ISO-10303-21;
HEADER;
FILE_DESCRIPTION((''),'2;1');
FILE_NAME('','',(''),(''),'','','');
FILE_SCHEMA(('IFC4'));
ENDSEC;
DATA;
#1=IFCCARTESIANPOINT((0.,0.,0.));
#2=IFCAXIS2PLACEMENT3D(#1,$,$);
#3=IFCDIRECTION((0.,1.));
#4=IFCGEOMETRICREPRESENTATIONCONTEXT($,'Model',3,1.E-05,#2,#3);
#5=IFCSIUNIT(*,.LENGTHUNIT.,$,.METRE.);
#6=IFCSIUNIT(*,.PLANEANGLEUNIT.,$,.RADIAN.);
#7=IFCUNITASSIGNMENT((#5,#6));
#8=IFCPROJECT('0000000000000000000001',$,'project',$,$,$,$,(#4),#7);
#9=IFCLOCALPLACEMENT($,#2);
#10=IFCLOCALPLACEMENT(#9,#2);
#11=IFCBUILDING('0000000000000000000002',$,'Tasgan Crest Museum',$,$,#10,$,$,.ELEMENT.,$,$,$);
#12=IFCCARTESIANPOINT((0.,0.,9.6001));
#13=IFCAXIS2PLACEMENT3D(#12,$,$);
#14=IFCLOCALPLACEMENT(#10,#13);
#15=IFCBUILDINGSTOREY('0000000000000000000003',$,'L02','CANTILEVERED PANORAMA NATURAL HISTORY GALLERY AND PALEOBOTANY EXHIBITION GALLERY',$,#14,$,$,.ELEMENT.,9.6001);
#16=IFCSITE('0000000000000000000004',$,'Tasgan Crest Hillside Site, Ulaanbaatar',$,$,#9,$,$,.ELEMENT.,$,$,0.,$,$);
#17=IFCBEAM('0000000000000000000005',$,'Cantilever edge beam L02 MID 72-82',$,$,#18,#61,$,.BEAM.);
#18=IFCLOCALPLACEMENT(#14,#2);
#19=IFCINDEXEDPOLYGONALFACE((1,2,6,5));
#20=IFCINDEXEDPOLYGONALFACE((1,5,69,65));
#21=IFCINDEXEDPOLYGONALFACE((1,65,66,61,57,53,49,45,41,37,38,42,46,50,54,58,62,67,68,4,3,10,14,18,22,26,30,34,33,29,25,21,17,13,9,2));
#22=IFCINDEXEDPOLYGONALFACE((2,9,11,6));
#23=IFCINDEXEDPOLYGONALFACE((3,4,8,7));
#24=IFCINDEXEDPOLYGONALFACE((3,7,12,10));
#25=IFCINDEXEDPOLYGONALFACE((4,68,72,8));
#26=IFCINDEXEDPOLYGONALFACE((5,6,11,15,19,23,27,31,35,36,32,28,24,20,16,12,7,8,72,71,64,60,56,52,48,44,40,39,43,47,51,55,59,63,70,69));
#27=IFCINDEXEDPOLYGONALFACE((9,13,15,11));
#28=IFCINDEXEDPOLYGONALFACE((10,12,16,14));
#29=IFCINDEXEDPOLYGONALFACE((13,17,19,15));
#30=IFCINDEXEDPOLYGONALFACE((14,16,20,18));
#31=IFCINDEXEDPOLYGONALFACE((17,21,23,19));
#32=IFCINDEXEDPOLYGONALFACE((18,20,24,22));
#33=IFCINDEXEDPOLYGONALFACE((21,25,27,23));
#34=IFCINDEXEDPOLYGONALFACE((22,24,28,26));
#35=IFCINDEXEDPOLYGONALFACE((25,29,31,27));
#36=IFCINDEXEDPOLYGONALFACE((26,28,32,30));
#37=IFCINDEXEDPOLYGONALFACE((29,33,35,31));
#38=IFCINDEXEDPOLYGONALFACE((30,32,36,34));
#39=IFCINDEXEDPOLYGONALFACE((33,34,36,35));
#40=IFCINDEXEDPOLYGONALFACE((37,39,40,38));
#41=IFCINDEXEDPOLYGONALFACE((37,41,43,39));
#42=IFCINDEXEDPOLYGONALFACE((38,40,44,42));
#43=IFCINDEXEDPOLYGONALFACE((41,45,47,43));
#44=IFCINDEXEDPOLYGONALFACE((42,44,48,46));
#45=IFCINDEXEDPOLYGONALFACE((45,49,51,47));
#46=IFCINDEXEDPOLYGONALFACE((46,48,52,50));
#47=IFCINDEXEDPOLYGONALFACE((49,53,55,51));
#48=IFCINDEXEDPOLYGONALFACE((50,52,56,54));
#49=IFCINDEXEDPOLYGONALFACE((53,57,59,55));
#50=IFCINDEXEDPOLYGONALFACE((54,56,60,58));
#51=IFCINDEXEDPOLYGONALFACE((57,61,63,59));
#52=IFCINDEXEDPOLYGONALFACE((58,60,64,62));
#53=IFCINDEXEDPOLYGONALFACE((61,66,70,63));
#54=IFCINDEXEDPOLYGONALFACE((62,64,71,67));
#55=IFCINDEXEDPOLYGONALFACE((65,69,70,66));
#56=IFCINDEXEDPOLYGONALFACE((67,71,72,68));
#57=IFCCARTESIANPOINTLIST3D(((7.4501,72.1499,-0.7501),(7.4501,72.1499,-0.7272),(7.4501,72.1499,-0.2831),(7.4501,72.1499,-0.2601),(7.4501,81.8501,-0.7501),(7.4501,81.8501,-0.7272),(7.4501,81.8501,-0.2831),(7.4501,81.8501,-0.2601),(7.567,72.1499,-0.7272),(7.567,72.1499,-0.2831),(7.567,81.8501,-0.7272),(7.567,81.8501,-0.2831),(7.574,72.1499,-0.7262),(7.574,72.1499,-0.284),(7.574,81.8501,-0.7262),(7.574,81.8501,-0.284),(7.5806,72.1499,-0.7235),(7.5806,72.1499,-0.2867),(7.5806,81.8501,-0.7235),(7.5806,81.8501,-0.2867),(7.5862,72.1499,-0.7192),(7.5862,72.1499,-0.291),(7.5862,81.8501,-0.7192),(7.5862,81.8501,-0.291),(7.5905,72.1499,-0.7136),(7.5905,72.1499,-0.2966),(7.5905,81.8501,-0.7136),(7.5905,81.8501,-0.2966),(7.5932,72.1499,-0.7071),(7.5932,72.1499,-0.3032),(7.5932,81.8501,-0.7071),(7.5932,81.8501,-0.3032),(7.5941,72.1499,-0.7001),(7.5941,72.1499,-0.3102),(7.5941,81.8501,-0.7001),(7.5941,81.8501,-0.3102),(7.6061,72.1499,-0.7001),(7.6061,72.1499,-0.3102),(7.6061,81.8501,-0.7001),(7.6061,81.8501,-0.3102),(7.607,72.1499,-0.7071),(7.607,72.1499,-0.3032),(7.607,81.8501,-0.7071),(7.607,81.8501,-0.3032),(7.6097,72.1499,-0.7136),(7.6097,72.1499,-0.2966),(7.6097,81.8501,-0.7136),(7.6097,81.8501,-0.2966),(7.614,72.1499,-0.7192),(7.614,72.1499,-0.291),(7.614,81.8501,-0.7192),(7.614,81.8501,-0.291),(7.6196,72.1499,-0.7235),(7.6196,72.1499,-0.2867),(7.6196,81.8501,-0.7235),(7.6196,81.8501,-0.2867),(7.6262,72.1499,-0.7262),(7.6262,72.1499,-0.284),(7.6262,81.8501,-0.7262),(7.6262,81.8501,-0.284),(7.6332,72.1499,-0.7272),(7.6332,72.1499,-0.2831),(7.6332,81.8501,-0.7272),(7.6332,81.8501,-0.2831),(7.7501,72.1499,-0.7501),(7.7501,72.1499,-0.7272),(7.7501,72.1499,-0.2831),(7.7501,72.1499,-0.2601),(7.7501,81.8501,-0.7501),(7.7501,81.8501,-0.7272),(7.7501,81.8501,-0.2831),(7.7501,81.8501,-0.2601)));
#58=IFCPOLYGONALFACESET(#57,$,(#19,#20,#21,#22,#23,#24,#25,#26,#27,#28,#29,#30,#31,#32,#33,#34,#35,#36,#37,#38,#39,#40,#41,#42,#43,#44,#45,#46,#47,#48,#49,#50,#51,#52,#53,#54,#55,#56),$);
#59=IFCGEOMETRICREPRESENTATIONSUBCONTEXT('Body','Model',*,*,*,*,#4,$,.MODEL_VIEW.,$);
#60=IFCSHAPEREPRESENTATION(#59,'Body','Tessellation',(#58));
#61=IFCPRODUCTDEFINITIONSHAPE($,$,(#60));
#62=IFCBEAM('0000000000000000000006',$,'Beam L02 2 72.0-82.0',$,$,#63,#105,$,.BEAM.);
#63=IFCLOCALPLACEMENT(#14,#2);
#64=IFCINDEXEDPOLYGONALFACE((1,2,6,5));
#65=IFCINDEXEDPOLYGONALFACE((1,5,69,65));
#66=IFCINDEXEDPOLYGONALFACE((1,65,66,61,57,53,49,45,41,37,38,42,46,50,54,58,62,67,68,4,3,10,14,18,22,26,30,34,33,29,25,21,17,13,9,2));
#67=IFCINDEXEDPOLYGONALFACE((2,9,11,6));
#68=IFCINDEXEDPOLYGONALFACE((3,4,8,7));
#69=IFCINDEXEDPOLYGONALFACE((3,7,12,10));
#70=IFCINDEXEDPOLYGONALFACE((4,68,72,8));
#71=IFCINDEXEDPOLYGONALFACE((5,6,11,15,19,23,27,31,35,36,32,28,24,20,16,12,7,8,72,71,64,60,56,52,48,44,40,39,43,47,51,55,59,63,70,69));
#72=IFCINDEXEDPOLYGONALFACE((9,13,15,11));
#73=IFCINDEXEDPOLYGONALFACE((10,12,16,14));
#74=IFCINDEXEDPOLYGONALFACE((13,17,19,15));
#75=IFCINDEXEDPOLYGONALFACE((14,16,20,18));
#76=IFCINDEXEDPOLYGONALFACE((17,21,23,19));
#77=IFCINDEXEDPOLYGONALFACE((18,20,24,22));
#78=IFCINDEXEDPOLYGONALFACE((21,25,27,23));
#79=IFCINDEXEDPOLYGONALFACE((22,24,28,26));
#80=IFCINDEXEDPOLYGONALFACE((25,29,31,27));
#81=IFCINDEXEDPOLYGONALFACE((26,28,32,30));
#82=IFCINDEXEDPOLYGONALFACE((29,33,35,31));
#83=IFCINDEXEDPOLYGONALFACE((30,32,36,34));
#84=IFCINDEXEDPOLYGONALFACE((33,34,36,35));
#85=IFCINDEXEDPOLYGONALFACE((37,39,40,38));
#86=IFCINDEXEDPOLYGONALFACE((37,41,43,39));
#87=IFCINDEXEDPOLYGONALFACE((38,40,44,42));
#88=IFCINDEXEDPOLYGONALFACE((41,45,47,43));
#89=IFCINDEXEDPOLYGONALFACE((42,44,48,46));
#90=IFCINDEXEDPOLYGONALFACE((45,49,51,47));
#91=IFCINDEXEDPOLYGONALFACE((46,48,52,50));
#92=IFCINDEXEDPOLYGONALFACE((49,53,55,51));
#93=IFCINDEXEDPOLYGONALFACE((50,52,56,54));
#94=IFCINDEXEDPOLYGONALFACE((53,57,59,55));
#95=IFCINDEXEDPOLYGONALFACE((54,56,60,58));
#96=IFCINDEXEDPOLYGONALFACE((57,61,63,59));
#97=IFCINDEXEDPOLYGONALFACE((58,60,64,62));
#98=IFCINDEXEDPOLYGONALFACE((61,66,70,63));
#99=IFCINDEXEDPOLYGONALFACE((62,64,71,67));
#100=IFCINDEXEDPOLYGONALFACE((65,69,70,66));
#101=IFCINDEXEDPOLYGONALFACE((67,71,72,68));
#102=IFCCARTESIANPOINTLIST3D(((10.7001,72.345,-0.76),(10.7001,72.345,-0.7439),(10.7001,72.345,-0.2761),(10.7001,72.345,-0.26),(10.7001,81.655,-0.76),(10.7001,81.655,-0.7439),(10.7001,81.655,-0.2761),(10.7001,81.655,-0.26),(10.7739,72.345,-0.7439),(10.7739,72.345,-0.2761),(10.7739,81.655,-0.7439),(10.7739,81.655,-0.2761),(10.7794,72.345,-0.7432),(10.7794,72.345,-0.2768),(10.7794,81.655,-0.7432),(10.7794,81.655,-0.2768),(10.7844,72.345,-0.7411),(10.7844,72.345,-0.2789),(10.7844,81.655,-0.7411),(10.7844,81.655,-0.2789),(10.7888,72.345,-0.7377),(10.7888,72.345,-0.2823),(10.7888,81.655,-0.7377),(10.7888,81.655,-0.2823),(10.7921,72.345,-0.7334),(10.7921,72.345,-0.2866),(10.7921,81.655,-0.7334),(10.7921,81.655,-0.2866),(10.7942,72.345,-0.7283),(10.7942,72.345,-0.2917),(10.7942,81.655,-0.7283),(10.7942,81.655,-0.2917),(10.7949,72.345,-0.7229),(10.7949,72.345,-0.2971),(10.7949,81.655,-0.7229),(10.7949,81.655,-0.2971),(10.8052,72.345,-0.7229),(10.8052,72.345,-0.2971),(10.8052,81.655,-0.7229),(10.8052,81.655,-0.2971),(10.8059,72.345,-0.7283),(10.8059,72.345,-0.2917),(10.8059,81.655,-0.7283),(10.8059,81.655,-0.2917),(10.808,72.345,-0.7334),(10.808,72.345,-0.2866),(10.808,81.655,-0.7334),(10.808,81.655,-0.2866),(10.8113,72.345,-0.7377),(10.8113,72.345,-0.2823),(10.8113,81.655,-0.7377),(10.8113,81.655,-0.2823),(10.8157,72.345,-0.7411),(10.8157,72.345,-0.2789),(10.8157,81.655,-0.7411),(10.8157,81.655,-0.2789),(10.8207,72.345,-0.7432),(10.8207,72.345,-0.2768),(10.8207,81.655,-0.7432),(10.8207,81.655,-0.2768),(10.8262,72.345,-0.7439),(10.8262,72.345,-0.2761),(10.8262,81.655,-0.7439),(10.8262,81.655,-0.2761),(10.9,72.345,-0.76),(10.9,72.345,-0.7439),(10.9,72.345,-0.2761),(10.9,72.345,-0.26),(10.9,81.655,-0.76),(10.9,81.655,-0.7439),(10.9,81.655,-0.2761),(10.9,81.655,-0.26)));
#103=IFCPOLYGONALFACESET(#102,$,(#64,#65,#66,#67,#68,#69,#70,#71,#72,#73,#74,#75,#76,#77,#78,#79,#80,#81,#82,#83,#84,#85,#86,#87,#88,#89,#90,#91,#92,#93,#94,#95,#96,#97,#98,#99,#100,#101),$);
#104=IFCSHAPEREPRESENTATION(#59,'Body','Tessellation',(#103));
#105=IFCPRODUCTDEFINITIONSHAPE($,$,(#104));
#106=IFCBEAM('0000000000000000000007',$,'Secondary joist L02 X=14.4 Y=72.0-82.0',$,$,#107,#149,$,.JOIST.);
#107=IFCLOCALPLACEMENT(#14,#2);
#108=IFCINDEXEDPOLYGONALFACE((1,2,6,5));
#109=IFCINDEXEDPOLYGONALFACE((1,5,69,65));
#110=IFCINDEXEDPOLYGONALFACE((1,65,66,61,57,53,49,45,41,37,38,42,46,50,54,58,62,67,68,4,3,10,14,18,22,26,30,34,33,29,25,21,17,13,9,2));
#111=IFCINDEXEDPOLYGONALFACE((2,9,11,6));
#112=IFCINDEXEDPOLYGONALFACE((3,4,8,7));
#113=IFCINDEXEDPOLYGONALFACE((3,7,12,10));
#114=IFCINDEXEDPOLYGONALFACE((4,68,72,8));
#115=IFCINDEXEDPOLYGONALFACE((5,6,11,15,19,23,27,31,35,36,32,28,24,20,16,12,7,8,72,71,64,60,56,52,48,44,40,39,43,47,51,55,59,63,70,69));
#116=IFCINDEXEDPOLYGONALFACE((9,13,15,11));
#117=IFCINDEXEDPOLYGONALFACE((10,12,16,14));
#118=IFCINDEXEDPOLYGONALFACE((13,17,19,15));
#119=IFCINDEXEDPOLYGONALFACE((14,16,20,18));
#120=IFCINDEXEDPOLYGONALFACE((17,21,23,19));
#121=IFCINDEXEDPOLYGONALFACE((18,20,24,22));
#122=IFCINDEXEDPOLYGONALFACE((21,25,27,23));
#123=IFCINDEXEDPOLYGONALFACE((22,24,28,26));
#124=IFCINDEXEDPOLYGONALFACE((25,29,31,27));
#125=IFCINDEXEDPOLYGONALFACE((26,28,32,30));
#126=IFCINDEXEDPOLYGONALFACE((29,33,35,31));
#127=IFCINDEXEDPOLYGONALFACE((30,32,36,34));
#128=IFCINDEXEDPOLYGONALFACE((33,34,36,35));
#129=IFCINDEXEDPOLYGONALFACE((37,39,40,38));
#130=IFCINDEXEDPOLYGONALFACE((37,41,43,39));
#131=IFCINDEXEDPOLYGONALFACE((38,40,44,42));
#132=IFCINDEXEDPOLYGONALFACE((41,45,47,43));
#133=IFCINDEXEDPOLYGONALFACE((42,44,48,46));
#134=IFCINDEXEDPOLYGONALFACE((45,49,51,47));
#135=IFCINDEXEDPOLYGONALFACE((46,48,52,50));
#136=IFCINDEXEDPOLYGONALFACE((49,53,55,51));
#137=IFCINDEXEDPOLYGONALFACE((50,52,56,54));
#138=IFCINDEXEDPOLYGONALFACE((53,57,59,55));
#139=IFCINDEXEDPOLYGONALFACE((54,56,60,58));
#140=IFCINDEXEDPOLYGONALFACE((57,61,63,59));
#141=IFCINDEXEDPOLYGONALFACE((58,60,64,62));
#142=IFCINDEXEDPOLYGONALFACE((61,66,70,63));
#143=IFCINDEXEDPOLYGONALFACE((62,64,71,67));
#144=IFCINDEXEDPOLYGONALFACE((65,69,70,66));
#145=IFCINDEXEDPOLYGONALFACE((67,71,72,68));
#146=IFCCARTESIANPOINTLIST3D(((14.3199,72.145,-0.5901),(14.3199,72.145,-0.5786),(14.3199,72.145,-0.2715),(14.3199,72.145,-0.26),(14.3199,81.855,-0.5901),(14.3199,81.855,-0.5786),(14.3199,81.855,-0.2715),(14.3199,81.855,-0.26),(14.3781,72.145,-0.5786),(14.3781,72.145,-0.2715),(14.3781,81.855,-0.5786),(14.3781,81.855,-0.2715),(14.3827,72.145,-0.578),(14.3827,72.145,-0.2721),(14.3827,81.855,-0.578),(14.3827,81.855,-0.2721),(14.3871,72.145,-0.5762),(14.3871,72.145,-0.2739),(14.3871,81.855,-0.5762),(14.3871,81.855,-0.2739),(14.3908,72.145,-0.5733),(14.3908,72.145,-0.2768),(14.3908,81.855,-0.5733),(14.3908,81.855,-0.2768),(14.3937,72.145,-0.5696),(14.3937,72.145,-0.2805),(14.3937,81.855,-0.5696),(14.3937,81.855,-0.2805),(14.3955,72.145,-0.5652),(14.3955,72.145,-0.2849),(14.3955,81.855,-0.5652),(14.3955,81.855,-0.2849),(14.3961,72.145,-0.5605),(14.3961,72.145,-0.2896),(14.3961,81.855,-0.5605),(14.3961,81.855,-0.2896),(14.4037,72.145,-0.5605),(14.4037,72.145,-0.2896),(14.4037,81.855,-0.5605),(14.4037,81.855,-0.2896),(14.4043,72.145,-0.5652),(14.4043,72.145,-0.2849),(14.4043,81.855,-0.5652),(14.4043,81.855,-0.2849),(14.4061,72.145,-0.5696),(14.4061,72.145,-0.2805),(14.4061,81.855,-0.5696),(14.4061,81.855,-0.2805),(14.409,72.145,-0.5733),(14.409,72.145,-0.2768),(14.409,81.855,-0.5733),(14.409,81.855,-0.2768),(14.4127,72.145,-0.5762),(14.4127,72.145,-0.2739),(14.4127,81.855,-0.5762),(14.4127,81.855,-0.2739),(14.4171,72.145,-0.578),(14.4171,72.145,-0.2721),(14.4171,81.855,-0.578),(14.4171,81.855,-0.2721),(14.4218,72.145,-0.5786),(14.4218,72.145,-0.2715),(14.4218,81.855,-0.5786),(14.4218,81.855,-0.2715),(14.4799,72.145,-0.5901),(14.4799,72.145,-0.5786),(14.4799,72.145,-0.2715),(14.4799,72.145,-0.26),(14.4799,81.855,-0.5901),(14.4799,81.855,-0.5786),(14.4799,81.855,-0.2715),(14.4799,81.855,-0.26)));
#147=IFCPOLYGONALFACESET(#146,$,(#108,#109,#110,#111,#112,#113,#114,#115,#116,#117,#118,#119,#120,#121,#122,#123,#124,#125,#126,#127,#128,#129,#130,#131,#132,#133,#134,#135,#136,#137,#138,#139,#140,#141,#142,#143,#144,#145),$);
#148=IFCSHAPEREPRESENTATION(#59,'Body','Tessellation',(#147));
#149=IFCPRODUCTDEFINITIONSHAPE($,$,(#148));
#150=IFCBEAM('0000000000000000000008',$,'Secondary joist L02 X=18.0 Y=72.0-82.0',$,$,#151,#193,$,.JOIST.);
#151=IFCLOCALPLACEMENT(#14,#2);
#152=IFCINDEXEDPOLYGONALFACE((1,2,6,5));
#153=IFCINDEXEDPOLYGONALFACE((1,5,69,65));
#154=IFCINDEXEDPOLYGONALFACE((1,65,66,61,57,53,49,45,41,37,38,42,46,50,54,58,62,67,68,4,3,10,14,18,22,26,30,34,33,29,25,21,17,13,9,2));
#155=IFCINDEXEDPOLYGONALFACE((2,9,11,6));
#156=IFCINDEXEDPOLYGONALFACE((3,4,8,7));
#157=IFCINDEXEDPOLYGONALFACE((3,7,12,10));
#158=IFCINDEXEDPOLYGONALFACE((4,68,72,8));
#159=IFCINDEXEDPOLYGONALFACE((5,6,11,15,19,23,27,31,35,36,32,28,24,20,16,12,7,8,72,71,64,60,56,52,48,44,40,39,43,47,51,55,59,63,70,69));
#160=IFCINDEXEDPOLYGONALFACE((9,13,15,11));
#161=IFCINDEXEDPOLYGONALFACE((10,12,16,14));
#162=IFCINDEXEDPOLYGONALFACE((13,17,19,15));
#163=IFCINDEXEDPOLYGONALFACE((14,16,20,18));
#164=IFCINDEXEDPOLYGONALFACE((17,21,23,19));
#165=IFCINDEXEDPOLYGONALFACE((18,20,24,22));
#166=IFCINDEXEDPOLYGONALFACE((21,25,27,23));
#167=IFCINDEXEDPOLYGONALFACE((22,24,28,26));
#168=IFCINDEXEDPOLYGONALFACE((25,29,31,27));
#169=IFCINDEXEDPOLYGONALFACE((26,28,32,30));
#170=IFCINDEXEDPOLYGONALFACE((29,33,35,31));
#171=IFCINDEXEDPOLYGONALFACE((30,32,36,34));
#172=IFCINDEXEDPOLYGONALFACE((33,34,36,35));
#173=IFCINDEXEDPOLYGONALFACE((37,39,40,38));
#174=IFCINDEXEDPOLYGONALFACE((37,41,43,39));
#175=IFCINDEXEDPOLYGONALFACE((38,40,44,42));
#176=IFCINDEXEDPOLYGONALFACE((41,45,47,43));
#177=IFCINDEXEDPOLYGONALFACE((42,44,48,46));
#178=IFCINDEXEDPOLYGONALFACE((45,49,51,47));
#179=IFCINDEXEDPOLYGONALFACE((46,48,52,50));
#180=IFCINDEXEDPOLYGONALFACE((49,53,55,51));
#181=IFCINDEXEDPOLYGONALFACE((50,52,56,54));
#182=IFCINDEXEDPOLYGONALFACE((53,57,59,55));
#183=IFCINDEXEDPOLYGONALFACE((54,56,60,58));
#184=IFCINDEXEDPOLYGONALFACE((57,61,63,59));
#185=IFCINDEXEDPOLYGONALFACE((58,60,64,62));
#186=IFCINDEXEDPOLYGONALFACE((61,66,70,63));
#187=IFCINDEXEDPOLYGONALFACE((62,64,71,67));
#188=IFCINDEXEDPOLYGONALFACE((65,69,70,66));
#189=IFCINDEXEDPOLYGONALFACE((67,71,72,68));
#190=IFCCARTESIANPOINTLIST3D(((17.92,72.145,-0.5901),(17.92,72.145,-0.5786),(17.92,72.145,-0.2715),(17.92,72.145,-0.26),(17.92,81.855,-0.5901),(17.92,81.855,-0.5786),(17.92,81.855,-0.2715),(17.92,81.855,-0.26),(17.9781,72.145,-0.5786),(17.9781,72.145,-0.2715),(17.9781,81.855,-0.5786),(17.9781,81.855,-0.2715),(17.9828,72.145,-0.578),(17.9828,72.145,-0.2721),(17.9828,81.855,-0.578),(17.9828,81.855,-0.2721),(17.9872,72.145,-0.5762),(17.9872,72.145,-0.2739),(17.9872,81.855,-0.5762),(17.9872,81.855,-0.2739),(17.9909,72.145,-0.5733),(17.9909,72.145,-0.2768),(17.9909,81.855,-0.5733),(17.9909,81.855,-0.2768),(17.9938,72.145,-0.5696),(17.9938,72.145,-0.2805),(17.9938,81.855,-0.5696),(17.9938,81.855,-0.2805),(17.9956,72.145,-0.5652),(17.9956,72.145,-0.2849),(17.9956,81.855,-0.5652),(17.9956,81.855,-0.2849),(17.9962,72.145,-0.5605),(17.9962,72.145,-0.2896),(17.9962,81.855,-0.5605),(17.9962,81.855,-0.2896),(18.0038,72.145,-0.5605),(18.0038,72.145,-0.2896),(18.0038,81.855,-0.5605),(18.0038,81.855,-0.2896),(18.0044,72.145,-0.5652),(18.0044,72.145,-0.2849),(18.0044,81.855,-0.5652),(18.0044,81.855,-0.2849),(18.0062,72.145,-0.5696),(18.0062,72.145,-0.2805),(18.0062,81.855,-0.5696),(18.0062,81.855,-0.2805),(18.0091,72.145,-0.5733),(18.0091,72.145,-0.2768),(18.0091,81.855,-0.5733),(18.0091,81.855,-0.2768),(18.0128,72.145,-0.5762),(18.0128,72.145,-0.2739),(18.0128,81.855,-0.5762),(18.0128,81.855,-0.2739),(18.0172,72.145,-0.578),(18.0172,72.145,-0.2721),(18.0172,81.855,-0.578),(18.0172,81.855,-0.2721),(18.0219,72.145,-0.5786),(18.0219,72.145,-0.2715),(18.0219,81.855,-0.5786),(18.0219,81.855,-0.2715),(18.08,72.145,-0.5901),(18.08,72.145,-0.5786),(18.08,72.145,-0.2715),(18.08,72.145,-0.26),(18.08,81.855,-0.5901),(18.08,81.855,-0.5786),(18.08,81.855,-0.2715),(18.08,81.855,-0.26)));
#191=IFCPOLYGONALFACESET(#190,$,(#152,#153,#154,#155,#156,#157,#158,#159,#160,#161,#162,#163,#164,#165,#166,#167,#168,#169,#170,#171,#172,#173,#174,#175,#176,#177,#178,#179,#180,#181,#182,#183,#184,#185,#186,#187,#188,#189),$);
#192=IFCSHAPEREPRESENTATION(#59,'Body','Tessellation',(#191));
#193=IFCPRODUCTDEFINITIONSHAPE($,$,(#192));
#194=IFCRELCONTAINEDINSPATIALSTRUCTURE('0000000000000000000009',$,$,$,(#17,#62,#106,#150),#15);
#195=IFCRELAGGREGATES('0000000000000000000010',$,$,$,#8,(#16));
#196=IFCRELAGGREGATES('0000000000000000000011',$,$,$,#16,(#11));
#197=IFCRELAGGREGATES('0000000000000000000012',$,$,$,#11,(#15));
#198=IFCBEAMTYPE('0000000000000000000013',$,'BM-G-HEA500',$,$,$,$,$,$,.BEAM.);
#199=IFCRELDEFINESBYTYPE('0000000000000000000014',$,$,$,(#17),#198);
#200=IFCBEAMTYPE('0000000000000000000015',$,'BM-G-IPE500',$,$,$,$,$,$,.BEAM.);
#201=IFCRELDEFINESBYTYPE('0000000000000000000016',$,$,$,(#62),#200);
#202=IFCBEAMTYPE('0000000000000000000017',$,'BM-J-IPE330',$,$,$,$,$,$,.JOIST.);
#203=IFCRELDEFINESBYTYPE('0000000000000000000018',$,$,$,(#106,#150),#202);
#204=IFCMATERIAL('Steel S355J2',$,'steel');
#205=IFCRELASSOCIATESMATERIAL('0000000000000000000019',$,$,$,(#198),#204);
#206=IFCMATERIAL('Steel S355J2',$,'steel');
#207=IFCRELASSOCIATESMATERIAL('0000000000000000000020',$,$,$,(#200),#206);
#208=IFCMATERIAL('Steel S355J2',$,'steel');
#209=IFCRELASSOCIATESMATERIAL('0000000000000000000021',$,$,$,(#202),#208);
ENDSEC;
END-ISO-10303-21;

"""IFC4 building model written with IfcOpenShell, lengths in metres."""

from ifc_helpers import new_model, si_unit, direction, frame, origin, origin_2d, place, context, subcontext, project, spatial, i_section, extrude, material, material_profile, profile_set, type_object, element, save


model = new_model("IFC4")

# Units and contexts
model_context = context("Model", 3, precision=1e-05, world=origin(), true_north=direction((0.0, 1.0)))
body_context = subcontext(model_context, "Body", "Model", "MODEL_VIEW")
ifc_project = project(units=[si_unit("LENGTHUNIT", "METRE"), si_unit("PLANEANGLEUNIT", "RADIAN")], contexts=[model_context])

# Site, building, storey
site_placement = place(None, origin())
site = spatial("IfcSite", under=ifc_project, at=site_placement, Name="Tasgan Crest Hillside Site, Ulaanbaatar", CompositionType="ELEMENT", RefElevation=0.0)
building_placement = place(site_placement, origin())
building = spatial("IfcBuilding", under=site, at=building_placement, Name="Tasgan Crest Museum", CompositionType="ELEMENT")
storey_placement = place(building_placement, frame((0.0, 0.0, 9.6001)))
storey = spatial("IfcBuildingStorey", under=building, at=storey_placement, Name="L02", Description="CANTILEVERED PANORAMA NATURAL HISTORY GALLERY AND PALEOBOTANY EXHIBITION GALLERY", CompositionType="ELEMENT", Elevation=9.6001)

# Beams
ifc_material_1 = material(Name="Steel S355J2", Category="steel")
ifc_material_profile_1 = material_profile(ifc_material_1, i_section(OverallWidth=0.3, OverallDepth=0.49, WebThickness=0.012, FlangeThickness=0.0229, FilletRadius=0.0271, at=origin_2d()), Name="HEA 500")
ifc_profile_set_1 = profile_set([ifc_material_profile_1], Name="Steel S355J2")
beam_type_1 = type_object("IfcBeamType", Name="BM-G-HEA500", PredefinedType="BEAM", material=ifc_profile_set_1)
for number, where, z_axis, x_axis, name in (
    (1, (7.6001, 72.1499, -0.5051), (0.0, 1.0, 0.0), (-1.0, 0.0, 0.0), "Cantilever edge beam L02 MID 72-82"),
):
    element("IfcBeam", number, at=place(storey_placement, frame(where, z_axis=z_axis, x_axis=x_axis)), inside=storey, type_object=beam_type_1, Name=name, PredefinedType="BEAM", context=body_context, shape_type="SweptSolid", body=[
        extrude(i_section(OverallWidth=0.3, OverallDepth=0.49, WebThickness=0.012, FlangeThickness=0.0229, FilletRadius=0.0271, at=origin_2d()), origin(), (0.0, 0.0, 1.0), 9.7002),
    ])
ifc_material_2 = material(Name="Steel S355J2", Category="steel")
ifc_material_profile_2 = material_profile(ifc_material_2, i_section(OverallWidth=0.2, OverallDepth=0.5, WebThickness=0.0103, FlangeThickness=0.0161, FilletRadius=0.021, at=origin_2d()), Name="IPE 500")
ifc_profile_set_2 = profile_set([ifc_material_profile_2], Name="Steel S355J2")
beam_type_2 = type_object("IfcBeamType", Name="BM-G-IPE500", PredefinedType="BEAM", material=ifc_profile_set_2)
beam_1_placement = place(storey_placement, frame((10.8, 72.345, -0.51), z_axis=(0.0, 1.0, 0.0), x_axis=(-1.0, 0.0, 0.0)))
element("IfcBeam", 2, at=beam_1_placement, inside=storey, type_object=beam_type_2, Name="Beam L02 2 72.0-82.0", PredefinedType="BEAM", context=body_context, shape_type="SweptSolid", body=[
    extrude(i_section(OverallWidth=0.2, OverallDepth=0.5, WebThickness=0.0103, FlangeThickness=0.0161, FilletRadius=0.021, at=origin_2d()), origin(), (0.0, 0.0, 1.0), 9.3101),
])
ifc_material_3 = material(Name="Steel S355J2", Category="steel")
ifc_material_profile_3 = material_profile(ifc_material_3, i_section(OverallWidth=0.1599, OverallDepth=0.3301, WebThickness=0.0076, FlangeThickness=0.0115, FilletRadius=0.0181, at=origin_2d()), Name="IPE 330")
ifc_profile_set_3 = profile_set([ifc_material_profile_3], Name="Steel S355J2")
beam_type_3 = type_object("IfcBeamType", Name="BM-J-IPE330", PredefinedType="JOIST", material=ifc_profile_set_3)
for number, where, z_axis, x_axis, name in (
    (3, (14.3999, 72.145, -0.425), (0.0, 1.0, 0.0), (-1.0, 0.0, 0.0), "Secondary joist L02 X=14.4 Y=72.0-82.0"),
    (4, (18.0, 72.145, -0.425), (0.0, 1.0, 0.0), (-1.0, 0.0, 0.0), "Secondary joist L02 X=18.0 Y=72.0-82.0"),
):
    element("IfcBeam", number, at=place(storey_placement, frame(where, z_axis=z_axis, x_axis=x_axis)), inside=storey, type_object=beam_type_3, Name=name, PredefinedType="JOIST", context=body_context, shape_type="SweptSolid", body=[
        extrude(i_section(OverallWidth=0.1599, OverallDepth=0.3301, WebThickness=0.0076, FlangeThickness=0.0115, FilletRadius=0.0181, at=origin_2d()), origin(), (0.0, 0.0, 1.0), 9.71),
    ])

save(model, "model.ifc")
